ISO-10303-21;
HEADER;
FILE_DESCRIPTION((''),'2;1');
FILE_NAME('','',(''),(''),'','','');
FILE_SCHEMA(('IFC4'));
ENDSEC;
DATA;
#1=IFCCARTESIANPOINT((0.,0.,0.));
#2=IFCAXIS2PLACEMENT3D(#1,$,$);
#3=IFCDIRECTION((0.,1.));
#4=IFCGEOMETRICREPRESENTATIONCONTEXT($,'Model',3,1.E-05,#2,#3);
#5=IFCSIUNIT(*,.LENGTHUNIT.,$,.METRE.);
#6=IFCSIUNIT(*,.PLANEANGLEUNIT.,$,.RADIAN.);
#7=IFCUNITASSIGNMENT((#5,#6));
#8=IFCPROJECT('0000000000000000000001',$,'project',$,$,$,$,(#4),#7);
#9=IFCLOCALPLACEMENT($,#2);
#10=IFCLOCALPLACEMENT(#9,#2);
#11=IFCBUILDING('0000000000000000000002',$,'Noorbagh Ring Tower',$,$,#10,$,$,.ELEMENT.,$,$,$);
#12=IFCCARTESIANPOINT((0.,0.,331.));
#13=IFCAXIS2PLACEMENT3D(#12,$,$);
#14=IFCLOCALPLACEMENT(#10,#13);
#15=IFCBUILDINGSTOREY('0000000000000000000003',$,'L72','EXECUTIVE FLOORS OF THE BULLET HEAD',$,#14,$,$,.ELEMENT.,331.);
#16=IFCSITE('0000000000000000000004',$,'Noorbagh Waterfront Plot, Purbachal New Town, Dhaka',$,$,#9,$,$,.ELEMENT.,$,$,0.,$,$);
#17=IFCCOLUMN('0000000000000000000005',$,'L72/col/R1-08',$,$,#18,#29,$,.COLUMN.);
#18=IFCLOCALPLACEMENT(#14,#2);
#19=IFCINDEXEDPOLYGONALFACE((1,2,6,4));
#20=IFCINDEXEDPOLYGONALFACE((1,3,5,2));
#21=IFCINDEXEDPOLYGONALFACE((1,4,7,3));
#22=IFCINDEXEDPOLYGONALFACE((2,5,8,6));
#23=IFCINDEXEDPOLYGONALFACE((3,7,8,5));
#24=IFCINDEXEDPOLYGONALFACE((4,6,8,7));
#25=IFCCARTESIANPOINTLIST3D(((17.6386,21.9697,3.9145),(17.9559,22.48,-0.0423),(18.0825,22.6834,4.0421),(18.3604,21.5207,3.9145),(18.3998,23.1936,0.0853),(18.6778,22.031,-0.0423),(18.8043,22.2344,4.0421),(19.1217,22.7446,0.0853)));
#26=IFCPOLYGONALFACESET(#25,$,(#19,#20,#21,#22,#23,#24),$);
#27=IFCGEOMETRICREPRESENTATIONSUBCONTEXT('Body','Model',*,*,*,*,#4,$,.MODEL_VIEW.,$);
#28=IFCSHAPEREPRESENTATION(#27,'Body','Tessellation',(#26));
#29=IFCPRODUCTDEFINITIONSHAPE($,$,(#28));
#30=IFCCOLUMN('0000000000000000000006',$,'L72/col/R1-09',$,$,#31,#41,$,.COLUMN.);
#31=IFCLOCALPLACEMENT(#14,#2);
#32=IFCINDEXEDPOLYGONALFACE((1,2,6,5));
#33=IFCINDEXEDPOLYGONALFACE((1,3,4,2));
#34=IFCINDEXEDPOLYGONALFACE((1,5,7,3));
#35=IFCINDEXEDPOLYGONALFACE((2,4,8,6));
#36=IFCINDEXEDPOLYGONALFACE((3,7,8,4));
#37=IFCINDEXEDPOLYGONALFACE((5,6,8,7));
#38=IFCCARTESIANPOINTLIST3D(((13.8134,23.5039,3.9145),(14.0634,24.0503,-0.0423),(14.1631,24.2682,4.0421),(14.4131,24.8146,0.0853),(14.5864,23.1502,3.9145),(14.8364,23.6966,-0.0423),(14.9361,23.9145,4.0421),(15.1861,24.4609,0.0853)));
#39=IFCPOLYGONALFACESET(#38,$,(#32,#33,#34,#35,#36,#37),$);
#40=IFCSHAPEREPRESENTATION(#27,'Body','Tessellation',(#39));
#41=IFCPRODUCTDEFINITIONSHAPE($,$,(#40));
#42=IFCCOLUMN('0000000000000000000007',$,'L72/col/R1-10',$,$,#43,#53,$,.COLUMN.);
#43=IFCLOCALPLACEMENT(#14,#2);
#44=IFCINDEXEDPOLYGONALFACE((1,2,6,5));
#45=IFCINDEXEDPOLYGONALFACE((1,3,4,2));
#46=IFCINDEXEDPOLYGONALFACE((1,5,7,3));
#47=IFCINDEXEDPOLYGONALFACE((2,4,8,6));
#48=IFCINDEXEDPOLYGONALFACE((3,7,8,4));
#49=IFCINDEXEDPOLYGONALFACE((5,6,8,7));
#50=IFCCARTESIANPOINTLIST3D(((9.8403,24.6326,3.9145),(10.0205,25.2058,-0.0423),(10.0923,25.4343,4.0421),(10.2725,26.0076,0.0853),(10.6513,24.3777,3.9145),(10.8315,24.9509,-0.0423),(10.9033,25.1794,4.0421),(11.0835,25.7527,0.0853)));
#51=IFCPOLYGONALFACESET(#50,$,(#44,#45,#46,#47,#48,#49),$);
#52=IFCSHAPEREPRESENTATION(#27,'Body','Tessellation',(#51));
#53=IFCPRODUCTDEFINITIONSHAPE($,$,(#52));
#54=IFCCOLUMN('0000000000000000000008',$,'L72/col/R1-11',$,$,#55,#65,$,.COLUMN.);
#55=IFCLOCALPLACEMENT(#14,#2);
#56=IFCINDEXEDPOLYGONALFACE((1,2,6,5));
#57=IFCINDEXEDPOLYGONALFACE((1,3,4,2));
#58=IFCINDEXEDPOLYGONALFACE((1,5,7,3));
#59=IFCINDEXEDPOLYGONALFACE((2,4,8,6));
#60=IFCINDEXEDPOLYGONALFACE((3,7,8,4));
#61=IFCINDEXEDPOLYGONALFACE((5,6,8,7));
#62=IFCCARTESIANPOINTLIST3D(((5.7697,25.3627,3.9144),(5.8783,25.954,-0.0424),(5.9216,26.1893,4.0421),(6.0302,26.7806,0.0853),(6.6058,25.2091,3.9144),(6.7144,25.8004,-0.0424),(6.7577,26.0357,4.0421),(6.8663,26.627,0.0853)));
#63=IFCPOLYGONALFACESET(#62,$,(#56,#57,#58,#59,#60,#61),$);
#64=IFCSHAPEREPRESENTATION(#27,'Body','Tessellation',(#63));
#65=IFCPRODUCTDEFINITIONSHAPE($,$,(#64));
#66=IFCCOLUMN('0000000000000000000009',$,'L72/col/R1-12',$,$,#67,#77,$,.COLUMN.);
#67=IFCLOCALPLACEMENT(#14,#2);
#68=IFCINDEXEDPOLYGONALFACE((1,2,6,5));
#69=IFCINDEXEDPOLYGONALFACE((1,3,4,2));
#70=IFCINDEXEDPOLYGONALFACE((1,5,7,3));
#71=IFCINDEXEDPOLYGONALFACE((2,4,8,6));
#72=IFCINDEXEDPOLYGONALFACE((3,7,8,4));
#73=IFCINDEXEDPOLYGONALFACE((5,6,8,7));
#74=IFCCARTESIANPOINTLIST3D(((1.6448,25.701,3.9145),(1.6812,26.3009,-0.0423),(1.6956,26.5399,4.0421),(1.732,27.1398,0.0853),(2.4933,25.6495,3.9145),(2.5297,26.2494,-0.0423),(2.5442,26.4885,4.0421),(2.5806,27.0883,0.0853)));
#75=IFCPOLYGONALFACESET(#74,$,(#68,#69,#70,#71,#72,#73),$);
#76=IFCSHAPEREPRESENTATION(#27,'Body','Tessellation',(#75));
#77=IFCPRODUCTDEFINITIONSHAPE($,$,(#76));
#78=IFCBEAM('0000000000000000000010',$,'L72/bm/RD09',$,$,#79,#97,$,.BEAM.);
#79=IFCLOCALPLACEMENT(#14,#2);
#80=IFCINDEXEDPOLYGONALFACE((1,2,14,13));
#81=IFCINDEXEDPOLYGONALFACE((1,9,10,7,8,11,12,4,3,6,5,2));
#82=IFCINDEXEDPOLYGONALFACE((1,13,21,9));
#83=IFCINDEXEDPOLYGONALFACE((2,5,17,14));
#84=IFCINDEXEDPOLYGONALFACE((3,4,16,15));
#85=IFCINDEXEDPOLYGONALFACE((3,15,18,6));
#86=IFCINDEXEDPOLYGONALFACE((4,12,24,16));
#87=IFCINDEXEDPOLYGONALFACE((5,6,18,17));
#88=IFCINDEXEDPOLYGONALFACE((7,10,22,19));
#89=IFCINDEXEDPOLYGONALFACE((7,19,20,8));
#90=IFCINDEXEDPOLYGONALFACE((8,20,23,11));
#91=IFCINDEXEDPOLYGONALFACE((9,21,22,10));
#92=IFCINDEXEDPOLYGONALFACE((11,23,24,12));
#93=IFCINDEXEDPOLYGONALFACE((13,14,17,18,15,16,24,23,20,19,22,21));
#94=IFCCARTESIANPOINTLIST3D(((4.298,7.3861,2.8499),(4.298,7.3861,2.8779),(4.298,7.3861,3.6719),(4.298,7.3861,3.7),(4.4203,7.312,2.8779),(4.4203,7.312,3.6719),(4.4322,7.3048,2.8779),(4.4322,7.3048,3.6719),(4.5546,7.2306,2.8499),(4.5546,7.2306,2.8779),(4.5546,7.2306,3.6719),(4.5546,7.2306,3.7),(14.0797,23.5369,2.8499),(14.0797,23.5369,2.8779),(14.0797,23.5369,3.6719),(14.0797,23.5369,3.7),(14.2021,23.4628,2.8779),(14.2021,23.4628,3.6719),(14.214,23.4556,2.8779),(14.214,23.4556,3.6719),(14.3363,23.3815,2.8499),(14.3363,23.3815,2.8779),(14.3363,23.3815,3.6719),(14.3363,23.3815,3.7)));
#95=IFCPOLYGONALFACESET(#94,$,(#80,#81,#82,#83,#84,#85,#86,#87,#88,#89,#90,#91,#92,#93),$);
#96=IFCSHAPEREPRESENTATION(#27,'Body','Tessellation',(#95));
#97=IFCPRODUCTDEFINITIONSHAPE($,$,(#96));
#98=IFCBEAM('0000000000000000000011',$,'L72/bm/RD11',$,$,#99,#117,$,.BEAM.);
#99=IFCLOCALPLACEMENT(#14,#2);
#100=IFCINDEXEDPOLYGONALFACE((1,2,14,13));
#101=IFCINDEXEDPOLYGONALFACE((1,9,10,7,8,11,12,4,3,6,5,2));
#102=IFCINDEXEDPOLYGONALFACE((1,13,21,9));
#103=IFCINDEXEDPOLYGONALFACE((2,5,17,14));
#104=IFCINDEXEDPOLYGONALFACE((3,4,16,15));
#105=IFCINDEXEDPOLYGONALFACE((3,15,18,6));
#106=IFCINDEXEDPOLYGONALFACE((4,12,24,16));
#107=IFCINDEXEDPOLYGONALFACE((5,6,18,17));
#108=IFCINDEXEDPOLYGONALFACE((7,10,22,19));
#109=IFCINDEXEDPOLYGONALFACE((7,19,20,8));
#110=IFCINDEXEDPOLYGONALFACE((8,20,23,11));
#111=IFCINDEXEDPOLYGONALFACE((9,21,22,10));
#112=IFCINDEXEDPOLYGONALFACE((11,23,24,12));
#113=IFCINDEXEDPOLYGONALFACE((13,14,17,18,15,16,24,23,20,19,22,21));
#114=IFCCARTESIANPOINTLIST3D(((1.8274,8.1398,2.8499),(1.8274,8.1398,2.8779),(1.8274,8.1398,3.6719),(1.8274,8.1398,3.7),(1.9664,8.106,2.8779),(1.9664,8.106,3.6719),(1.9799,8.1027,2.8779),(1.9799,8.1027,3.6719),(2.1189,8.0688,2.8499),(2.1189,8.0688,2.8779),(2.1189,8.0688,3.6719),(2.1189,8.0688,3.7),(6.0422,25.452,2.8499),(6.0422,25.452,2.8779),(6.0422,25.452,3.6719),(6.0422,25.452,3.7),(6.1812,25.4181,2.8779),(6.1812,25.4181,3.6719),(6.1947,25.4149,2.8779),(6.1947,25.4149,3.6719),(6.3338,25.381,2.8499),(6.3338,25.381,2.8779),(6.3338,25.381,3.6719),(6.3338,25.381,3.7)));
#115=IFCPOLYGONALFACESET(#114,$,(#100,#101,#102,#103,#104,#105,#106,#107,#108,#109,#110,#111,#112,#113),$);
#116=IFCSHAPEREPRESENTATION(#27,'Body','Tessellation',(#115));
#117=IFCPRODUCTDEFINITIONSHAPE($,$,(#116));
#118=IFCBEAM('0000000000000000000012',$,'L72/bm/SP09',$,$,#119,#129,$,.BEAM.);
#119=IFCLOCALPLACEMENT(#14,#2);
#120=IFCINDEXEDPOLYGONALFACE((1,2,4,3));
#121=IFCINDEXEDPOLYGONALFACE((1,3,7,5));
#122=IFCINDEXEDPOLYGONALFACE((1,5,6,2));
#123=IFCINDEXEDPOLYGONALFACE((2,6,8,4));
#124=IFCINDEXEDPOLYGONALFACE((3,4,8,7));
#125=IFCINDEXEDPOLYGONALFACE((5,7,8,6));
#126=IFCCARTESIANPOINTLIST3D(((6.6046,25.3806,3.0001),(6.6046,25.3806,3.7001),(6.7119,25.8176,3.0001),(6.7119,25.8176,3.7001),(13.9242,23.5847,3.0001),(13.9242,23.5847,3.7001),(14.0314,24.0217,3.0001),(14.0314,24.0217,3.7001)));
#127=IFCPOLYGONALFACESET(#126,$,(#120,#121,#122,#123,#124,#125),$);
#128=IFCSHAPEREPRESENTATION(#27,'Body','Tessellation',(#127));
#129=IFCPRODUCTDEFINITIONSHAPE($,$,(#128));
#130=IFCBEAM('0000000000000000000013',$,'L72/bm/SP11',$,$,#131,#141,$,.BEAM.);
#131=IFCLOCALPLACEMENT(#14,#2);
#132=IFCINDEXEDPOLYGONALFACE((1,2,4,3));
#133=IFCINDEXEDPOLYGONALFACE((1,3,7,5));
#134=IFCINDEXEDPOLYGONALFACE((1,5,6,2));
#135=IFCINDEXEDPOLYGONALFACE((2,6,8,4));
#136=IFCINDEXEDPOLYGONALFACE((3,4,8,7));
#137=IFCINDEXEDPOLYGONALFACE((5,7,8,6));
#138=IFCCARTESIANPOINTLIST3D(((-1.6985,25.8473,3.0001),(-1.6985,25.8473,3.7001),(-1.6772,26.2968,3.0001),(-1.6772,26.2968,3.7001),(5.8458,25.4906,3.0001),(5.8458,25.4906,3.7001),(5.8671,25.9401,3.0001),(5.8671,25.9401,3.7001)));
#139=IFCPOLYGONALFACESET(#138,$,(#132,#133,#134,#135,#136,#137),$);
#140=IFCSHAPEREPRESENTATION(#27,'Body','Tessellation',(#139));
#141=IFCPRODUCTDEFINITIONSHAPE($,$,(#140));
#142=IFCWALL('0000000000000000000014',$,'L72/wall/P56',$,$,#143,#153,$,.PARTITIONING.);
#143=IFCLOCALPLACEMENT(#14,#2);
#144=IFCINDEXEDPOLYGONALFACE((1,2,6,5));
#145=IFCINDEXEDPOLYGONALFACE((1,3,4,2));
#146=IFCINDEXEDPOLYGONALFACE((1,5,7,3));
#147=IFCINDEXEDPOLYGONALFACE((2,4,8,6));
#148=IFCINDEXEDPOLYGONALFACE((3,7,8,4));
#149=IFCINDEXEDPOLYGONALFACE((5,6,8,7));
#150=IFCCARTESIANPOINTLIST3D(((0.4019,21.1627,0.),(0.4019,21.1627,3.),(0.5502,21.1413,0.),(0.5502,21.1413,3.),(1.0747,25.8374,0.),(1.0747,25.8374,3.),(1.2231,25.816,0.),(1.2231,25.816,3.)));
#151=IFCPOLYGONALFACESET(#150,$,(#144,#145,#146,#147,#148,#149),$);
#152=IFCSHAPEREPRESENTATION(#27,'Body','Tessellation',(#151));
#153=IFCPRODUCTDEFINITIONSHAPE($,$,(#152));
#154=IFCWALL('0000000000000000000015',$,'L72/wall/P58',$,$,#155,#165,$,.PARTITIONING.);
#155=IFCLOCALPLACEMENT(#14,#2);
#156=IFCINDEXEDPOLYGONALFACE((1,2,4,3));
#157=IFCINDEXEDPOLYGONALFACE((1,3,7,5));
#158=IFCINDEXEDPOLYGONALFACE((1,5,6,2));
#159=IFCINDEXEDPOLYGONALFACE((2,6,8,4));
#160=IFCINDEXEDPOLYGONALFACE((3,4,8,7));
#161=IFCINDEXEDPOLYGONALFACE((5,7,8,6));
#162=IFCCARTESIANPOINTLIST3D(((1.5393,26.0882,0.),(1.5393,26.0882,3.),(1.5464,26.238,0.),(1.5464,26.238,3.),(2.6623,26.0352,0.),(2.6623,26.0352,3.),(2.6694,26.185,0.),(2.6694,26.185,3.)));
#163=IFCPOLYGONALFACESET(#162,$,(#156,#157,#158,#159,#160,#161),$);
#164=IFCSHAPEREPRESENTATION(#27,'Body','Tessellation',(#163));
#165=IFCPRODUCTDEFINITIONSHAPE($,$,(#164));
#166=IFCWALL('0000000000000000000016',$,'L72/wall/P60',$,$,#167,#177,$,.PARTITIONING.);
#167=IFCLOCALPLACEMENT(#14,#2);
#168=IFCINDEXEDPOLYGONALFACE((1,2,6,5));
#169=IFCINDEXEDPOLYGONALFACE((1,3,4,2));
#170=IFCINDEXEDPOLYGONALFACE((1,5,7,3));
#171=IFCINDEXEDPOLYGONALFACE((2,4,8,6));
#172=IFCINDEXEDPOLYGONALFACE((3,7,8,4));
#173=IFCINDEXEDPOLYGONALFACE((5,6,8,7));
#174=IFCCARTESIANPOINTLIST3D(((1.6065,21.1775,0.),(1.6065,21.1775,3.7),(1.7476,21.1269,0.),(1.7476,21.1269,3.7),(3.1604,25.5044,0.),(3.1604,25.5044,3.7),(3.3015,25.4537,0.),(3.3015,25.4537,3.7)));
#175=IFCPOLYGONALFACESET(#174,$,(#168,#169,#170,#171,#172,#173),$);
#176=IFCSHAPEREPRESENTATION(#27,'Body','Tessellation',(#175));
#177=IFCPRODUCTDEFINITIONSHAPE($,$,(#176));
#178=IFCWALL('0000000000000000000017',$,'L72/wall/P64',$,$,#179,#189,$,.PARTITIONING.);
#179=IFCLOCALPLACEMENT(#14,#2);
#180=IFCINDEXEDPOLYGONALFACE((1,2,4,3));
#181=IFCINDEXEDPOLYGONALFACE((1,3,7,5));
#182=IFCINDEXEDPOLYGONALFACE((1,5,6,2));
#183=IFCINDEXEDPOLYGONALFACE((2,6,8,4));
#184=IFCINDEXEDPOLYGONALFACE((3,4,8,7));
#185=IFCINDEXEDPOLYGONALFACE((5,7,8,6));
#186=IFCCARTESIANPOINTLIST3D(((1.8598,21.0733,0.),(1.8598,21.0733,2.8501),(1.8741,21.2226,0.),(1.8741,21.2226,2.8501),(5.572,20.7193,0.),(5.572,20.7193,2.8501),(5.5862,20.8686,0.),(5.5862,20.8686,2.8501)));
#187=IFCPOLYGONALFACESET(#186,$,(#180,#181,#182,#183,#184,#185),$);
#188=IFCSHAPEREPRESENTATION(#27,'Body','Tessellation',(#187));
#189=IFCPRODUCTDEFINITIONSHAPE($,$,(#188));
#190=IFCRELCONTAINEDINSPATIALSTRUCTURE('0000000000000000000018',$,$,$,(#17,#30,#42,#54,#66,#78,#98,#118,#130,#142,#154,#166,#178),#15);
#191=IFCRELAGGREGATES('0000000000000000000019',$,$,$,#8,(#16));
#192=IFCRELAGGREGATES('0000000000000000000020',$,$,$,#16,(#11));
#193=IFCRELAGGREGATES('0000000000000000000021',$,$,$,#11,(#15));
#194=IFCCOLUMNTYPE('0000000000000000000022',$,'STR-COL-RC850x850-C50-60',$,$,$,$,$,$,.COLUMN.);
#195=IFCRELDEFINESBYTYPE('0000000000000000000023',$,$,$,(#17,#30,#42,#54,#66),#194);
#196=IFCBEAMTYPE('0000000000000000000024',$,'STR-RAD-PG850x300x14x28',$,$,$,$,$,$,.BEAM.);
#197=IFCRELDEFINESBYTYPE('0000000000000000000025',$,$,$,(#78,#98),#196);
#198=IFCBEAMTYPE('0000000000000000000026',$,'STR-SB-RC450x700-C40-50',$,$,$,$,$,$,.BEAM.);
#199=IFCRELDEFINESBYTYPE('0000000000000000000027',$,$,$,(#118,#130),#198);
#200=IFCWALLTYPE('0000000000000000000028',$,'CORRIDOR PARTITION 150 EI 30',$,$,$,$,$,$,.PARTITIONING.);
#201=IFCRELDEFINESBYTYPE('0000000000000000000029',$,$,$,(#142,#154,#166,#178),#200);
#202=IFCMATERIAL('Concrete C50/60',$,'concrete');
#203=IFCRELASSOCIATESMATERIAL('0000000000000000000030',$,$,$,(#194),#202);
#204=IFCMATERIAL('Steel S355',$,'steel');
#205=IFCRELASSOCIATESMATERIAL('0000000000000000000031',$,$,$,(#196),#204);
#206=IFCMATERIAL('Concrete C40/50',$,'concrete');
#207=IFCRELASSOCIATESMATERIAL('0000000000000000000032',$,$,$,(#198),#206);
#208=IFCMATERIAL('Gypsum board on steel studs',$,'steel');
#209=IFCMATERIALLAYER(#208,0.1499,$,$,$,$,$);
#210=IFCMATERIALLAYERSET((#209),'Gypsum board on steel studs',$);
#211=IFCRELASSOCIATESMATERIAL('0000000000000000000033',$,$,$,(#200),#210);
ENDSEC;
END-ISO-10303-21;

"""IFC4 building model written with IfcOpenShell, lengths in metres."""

from ifc_helpers import new_model, si_unit, direction, frame, frame_2d, origin, origin_2d, place, context, subcontext, project, spatial, rectangle, i_section, extrude, material, layer, layer_set, material_profile, profile_set, type_object, element, save


model = new_model("IFC4")

# Units and contexts
model_context = context("Model", 3, precision=1e-05, world=origin(), true_north=direction((0.0, 1.0)))
body_context = subcontext(model_context, "Body", "Model", "MODEL_VIEW")
ifc_project = project(units=[si_unit("LENGTHUNIT", "METRE"), si_unit("PLANEANGLEUNIT", "RADIAN")], contexts=[model_context])

# Site, building, storey
site_placement = place(None, origin())
site = spatial("IfcSite", under=ifc_project, at=site_placement, Name="Noorbagh Waterfront Plot, Purbachal New Town, Dhaka", CompositionType="ELEMENT", RefElevation=0.0)
building_placement = place(site_placement, origin())
building = spatial("IfcBuilding", under=site, at=building_placement, Name="Noorbagh Ring Tower", CompositionType="ELEMENT")
storey_placement = place(building_placement, frame((0.0, 0.0, 331.0)))
storey = spatial("IfcBuildingStorey", under=building, at=storey_placement, Name="L72", Description="EXECUTIVE FLOORS OF THE BULLET HEAD", CompositionType="ELEMENT", Elevation=331.0)

# Columns
ifc_material_1 = material(Name="Concrete C50/60", Category="concrete")
ifc_material_profile_1 = material_profile(ifc_material_1, rectangle(XDim=0.8501, YDim=0.8501, at=origin_2d()), Name="RC850x850")
ifc_profile_set_1 = profile_set([ifc_material_profile_1], Name="Concrete C50/60")
column_type = type_object("IfcColumnType", Name="STR-COL-RC850x850-C50-60", PredefinedType="COLUMN", material=ifc_profile_set_1)
for number, where, z_axis, x_axis, name in (
    (1, (18.5388, 22.6123, 0.0215), (-0.079303, -0.127495, 0.988664), (0.849138, -0.528172, 0.0), "L72/col/R1-08"),
    (2, (14.6248, 24.2556, 0.0215), (-0.062466, -0.136523, 0.988665), (0.909334, -0.416067, 0.0), "L72/col/R1-09"),
    (3, (10.552, 25.4792, 0.0215), (-0.04502, -0.143233, 0.988664), (0.953987, -0.299848, 0.0), "L72/col/R1-10"),
    (4, (6.3723, 26.2905, 0.0215), (-0.027146, -0.147746, 0.988653), (0.983537, -0.180708, 0.0), "L72/col/R1-11"),
    (5, (2.1309, 26.6946, 0.0215), (-0.009089, -0.149882, 0.988662), (0.998166, -0.060532, 0.0), "L72/col/R1-12"),
):
    element("IfcColumn", number, at=place(storey_placement, frame(where, z_axis=z_axis, x_axis=x_axis)), inside=storey, type_object=column_type, Name=name, PredefinedType="COLUMN", context=body_context, shape_type="SweptSolid", body=[
        extrude(rectangle(XDim=0.8501, YDim=0.8501, at=origin_2d()), origin(), (0.0, 0.0, 1.0), 4.0022),
    ])

# Beams
ifc_material_2 = material(Name="Steel S355", Category="steel")
ifc_material_profile_2 = material_profile(ifc_material_2, i_section(OverallWidth=0.3, OverallDepth=0.8501, WebThickness=0.0139, FlangeThickness=0.0281, at=origin_2d()), Name="PG850x300x14x28")
ifc_profile_set_2 = profile_set([ifc_material_profile_2], Name="Steel S355")
beam_type_1 = type_object("IfcBeamType", Name="STR-RAD-PG850x300x14x28", PredefinedType="BEAM", material=ifc_profile_set_2)
beam_1_placement = place(storey_placement, frame((14.208, 23.4592, 3.2749), z_axis=(-0.518043, -0.855354, 0.0), x_axis=(0.855354, -0.518043, 0.0)))
element("IfcBeam", 6, at=beam_1_placement, inside=storey, type_object=beam_type_1, Name="L72/bm/RD09", PredefinedType="BEAM", context=body_context, shape_type="SweptSolid", body=[
    extrude(i_section(OverallWidth=0.3, OverallDepth=0.8501, WebThickness=0.0139, FlangeThickness=0.0281, at=origin_2d()), origin(), (0.0, 0.0, 1.0), 18.8821),
])
beam_2_placement = place(storey_placement, frame((6.188, 25.4165, 3.2749), z_axis=(-0.236551, -0.971619, 0.0), x_axis=(0.971619, -0.236551, 0.0)))
element("IfcBeam", 7, at=beam_2_placement, inside=storey, type_object=beam_type_1, Name="L72/bm/RD11", PredefinedType="BEAM", context=body_context, shape_type="SweptSolid", body=[
    extrude(i_section(OverallWidth=0.3, OverallDepth=0.8501, WebThickness=0.0139, FlangeThickness=0.0281, at=origin_2d()), origin(), (0.0, 0.0, 1.0), 17.8179),
])
ifc_material_3 = material(Name="Concrete C40/50", Category="concrete")
ifc_material_profile_3 = material_profile(ifc_material_3, rectangle(XDim=0.45, YDim=0.7, at=origin_2d()), Name="RC450x700")
ifc_profile_set_3 = profile_set([ifc_material_profile_3], Name="Concrete C40/50")
beam_type_2 = type_object("IfcBeamType", Name="STR-SB-RC450x700-C40-50", PredefinedType="BEAM", material=ifc_profile_set_3)
beam_3_placement = place(storey_placement, frame((13.9778, 23.8032, 3.3501), z_axis=(-0.971195, 0.238288, 0.0), x_axis=(-0.238288, -0.971195, 0.0)))
element("IfcBeam", 8, at=beam_3_placement, inside=storey, type_object=beam_type_2, Name="L72/bm/SP09", PredefinedType="BEAM", context=body_context, shape_type="SweptSolid", body=[
    extrude(rectangle(XDim=0.45, YDim=0.7, at=origin_2d()), origin(), (0.0, 0.0, 1.0), 7.5366),
])
beam_4_placement = place(storey_placement, frame((5.8564, 25.7153, 3.3501), z_axis=(-0.998884, 0.047227, 0.0), x_axis=(-0.047227, -0.998884, 0.0)))
element("IfcBeam", 9, at=beam_4_placement, inside=storey, type_object=beam_type_2, Name="L72/bm/SP11", PredefinedType="BEAM", context=body_context, shape_type="SweptSolid", body=[
    extrude(rectangle(XDim=0.45, YDim=0.7, at=origin_2d()), origin(), (0.0, 0.0, 1.0), 7.5527),
])

# Walls
ifc_material_4 = material(Name="Gypsum board on steel studs", Category="steel")
ifc_layer_1 = layer(ifc_material_4, 0.1499)
ifc_layer_set_1 = layer_set([ifc_layer_1], Name="Gypsum board on steel studs")
wall_type_1 = type_object("IfcWallType", Name="CORRIDOR PARTITION 150 EI 30", PredefinedType="PARTITIONING", material=ifc_layer_set_1)
wall_1_placement = place(storey_placement, frame((0.4761, 21.1521, 0.0), z_axis=(0.0, 0.0, 1.0), x_axis=(0.142463, 0.9898, 0.0)))
element("IfcWall", 10, at=wall_1_placement, inside=storey, type_object=wall_type_1, Name="L72/wall/P56", PredefinedType="PARTITIONING", context=body_context, shape_type="SweptSolid", body=[
    extrude(rectangle(XDim=4.7229, YDim=0.1499, at=frame_2d((2.3613, 0.0))), origin(), (0.0, 0.0, 1.0), 3.0),
])
wall_2_placement = place(storey_placement, frame((1.543, 26.1631, 0.0), z_axis=(0.0, 0.0, 1.0), x_axis=(0.998889, -0.047122, 0.0)))
element("IfcWall", 11, at=wall_2_placement, inside=storey, type_object=wall_type_1, Name="L72/wall/P58", PredefinedType="PARTITIONING", context=body_context, shape_type="SweptSolid", body=[
    extrude(rectangle(XDim=1.1243, YDim=0.1499, at=frame_2d((0.562, 0.0))), origin(), (0.0, 0.0, 1.0), 3.0),
])
wall_3_placement = place(storey_placement, frame((1.677, 21.1521, 0.0), z_axis=(0.0, 0.0, 1.0), x_axis=(0.338001, 0.941146, 0.0)))
element("IfcWall", 12, at=wall_3_placement, inside=storey, type_object=wall_type_1, Name="L72/wall/P60", PredefinedType="PARTITIONING", context=body_context, shape_type="SweptSolid", body=[
    extrude(rectangle(XDim=4.5974, YDim=0.1499, at=frame_2d((2.2988, 0.0))), origin(), (0.0, 0.0, 1.0), 3.7),
])
wall_4_placement = place(storey_placement, frame((1.8669, 21.1479, 0.0), z_axis=(0.0, 0.0, 1.0), x_axis=(0.995484, -0.094933, 0.0)))
element("IfcWall", 13, at=wall_4_placement, inside=storey, type_object=wall_type_1, Name="L72/wall/P64", PredefinedType="PARTITIONING", context=body_context, shape_type="SweptSolid", body=[
    extrude(rectangle(XDim=3.729, YDim=0.1499, at=frame_2d((1.8645, 0.0))), origin(), (0.0, 0.0, 1.0), 2.8501),
])

save(model, "model.ifc")
